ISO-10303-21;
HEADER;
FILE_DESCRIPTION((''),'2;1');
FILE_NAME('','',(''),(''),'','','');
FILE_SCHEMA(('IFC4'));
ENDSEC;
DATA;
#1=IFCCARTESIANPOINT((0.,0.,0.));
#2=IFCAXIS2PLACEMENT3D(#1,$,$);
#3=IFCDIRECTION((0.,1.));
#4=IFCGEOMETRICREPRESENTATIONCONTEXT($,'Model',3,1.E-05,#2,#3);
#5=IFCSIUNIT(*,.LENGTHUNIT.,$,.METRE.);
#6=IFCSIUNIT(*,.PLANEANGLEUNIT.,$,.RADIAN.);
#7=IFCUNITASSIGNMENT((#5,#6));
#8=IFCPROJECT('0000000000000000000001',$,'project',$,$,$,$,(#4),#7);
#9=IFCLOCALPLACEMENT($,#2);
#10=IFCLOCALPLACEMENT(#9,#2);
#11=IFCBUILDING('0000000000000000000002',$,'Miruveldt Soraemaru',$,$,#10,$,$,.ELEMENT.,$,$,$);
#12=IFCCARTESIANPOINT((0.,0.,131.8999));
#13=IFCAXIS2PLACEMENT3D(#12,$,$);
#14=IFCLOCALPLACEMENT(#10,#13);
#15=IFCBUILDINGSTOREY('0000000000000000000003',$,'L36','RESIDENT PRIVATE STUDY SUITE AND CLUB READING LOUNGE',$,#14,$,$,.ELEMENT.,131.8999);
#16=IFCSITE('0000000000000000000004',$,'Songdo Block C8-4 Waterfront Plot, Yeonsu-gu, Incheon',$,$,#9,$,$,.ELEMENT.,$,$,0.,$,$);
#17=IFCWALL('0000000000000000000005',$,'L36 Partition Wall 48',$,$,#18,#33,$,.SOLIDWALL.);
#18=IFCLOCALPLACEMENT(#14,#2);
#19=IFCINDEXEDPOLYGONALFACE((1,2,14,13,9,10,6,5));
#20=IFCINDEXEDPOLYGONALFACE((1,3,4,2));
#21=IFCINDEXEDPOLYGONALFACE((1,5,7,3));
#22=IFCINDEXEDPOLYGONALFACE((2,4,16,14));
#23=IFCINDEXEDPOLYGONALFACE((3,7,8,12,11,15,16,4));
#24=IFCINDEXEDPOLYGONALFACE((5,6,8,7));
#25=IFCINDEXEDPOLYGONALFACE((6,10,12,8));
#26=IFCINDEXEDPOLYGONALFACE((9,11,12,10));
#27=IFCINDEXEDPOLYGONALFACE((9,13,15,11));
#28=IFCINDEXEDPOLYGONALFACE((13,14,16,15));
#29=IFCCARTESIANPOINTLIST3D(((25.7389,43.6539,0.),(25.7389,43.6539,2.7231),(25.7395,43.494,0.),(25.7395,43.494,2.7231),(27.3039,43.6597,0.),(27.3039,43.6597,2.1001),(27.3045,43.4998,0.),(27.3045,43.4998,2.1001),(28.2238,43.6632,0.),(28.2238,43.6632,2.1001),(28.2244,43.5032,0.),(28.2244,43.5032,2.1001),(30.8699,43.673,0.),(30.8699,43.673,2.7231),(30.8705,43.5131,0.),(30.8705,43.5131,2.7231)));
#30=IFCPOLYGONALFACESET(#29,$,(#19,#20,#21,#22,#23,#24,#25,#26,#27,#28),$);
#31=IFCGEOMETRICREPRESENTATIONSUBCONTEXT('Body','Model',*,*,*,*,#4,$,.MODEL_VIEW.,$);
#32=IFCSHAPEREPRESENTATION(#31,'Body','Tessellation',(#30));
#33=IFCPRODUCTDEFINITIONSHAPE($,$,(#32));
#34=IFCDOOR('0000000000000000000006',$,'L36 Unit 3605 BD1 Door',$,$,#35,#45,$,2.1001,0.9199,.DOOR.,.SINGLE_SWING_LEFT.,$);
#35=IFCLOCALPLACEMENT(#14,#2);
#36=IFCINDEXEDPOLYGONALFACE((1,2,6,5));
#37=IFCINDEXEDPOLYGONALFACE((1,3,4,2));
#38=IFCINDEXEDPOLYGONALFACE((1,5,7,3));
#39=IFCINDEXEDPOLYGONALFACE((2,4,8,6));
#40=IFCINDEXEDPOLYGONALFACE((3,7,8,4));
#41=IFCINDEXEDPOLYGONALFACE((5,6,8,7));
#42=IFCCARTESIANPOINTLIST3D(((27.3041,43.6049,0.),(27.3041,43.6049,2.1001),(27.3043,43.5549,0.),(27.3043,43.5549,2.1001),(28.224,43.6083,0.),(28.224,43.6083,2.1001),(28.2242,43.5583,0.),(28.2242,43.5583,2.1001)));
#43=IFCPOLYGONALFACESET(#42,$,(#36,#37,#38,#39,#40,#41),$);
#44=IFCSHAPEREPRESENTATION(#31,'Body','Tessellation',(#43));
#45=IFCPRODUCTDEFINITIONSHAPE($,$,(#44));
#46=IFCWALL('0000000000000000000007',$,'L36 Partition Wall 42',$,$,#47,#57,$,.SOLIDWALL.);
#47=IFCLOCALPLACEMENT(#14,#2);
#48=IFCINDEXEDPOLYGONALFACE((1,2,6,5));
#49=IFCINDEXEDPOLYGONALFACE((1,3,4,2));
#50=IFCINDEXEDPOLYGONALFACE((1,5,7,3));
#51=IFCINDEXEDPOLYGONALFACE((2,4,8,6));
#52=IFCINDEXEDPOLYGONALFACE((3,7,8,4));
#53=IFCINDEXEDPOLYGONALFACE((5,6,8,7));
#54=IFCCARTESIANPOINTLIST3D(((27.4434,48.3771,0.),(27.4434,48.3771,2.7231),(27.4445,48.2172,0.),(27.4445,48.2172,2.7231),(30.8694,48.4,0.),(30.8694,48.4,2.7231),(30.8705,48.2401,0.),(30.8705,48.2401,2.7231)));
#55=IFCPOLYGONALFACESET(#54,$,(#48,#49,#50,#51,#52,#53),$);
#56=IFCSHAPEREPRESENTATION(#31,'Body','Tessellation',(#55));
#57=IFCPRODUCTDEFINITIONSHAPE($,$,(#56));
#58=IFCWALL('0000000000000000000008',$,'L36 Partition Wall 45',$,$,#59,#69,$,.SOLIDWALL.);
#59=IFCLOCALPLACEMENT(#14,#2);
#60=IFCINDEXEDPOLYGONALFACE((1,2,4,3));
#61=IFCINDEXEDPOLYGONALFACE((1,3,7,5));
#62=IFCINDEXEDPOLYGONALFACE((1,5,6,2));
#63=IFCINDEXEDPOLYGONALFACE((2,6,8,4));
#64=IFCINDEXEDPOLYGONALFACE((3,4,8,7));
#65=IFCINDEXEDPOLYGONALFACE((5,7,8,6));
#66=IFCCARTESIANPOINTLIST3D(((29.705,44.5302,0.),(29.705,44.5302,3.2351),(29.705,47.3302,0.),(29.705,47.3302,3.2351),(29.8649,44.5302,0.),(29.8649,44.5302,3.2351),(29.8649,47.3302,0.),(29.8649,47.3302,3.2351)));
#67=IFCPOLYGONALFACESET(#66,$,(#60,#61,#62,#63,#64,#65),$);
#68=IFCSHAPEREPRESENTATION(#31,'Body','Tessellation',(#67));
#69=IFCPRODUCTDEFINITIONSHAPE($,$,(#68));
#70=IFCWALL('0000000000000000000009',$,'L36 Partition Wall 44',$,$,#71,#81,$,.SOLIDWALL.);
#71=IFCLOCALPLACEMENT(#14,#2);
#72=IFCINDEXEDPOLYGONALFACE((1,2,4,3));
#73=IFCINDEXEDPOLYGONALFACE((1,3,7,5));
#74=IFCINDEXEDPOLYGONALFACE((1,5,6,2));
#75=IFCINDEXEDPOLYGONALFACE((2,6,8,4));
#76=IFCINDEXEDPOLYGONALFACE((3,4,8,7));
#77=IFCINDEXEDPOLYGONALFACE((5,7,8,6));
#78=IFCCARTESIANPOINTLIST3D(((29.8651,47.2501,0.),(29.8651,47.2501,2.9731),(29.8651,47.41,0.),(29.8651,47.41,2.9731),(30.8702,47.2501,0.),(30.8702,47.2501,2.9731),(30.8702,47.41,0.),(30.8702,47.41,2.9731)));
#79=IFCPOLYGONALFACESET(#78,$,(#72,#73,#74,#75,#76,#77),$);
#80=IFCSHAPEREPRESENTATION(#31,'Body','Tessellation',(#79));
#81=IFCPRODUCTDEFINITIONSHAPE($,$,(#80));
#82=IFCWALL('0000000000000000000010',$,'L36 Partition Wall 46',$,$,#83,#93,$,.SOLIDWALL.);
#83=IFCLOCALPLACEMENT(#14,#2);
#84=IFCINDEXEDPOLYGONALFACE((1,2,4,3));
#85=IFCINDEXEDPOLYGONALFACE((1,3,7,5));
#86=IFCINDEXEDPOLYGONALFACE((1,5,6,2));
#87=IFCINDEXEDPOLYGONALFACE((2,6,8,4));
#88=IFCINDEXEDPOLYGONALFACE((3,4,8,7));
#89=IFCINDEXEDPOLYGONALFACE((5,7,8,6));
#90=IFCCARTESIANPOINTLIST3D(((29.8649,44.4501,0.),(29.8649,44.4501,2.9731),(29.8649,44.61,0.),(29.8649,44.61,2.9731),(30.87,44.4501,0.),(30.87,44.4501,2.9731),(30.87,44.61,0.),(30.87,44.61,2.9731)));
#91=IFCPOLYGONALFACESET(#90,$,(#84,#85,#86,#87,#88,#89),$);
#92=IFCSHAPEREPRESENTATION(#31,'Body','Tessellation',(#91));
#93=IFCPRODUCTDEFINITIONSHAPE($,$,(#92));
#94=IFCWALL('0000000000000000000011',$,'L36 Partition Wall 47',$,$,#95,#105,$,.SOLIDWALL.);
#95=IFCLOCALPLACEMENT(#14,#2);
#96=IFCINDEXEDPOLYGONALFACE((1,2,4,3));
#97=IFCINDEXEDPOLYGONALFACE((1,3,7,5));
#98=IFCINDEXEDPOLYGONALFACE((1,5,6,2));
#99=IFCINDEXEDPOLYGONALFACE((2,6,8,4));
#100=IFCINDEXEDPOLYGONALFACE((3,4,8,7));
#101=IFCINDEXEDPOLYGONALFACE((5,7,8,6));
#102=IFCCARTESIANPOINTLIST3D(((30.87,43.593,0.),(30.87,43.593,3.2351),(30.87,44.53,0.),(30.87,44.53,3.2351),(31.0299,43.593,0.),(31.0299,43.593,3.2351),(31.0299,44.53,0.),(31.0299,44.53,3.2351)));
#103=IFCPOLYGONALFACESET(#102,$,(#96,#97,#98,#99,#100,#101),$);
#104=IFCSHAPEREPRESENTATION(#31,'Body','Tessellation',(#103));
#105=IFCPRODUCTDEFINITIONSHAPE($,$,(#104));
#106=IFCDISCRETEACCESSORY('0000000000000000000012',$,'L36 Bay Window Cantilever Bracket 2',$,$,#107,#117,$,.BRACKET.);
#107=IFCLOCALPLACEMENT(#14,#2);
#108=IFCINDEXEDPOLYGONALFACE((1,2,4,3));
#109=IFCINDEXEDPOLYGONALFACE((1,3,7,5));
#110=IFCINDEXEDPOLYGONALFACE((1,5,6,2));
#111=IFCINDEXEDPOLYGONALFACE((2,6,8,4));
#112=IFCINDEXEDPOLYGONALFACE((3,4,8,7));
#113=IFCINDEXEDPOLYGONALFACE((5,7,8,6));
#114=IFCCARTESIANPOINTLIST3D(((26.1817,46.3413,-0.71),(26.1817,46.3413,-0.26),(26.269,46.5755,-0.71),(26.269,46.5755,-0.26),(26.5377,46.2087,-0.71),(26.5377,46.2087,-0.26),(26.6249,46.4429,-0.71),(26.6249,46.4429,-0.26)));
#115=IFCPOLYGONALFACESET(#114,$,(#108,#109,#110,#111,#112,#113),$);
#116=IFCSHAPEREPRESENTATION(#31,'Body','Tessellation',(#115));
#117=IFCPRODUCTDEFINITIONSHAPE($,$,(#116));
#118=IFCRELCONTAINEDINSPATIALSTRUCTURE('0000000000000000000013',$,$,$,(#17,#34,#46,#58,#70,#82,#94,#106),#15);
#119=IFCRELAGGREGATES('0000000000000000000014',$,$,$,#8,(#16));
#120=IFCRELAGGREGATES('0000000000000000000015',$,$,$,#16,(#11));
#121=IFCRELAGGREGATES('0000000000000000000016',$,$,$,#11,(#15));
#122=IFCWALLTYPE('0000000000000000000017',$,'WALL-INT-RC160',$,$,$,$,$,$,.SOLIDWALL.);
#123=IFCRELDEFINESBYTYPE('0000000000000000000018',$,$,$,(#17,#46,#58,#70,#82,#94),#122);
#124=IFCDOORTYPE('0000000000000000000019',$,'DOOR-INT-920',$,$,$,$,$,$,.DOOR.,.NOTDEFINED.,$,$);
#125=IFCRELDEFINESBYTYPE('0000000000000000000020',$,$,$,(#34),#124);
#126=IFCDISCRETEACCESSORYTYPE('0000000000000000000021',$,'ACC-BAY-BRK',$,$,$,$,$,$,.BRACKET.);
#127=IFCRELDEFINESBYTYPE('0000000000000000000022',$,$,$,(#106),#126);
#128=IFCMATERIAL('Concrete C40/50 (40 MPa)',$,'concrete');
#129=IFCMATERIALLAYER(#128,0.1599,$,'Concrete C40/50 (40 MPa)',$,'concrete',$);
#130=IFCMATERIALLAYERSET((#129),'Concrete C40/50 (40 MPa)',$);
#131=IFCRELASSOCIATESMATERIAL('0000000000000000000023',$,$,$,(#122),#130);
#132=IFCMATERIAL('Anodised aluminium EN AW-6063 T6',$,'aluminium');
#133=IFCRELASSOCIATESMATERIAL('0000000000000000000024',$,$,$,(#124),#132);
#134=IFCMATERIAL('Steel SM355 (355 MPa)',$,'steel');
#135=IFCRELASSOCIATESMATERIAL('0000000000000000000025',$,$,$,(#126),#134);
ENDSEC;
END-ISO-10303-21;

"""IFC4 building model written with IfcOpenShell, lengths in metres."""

from ifc_helpers import new_model, si_unit, direction, frame, frame_2d, origin, origin_2d, place, context, subcontext, project, spatial, rectangle, extrude, material, layer, layer_set, type_object, element, fill, save


model = new_model("IFC4")

# Units and contexts
model_context = context("Model", 3, precision=1e-05, world=origin(), true_north=direction((0.0, 1.0)))
body_context = subcontext(model_context, "Body", "Model", "MODEL_VIEW")
ifc_project = project(units=[si_unit("LENGTHUNIT", "METRE"), si_unit("PLANEANGLEUNIT", "RADIAN")], contexts=[model_context])

# Site, building, storey
site_placement = place(None, origin())
site = spatial("IfcSite", under=ifc_project, at=site_placement, Name="Songdo Block C8-4 Waterfront Plot, Yeonsu-gu, Incheon", CompositionType="ELEMENT", RefElevation=0.0)
building_placement = place(site_placement, origin())
building = spatial("IfcBuilding", under=site, at=building_placement, Name="Miruveldt Soraemaru", CompositionType="ELEMENT")
storey_placement = place(building_placement, frame((0.0, 0.0, 131.8999)))
storey = spatial("IfcBuildingStorey", under=building, at=storey_placement, Name="L36", Description="RESIDENT PRIVATE STUDY SUITE AND CLUB READING LOUNGE", CompositionType="ELEMENT", Elevation=131.8999)

# Shared definitions
ifc_material_1 = material(Name="Anodised aluminium EN AW-6063 T6", Category="aluminium")

# Wall, opening, door
ifc_material_2 = material(Name="Concrete C40/50 (40 MPa)", Category="concrete")
ifc_layer_1 = layer(ifc_material_2, 0.1599, Name="Concrete C40/50 (40 MPa)", Category="concrete")
ifc_layer_set_1 = layer_set([ifc_layer_1], Name="Concrete C40/50 (40 MPa)")
wall_type_1 = type_object("IfcWallType", Name="WALL-INT-RC160", PredefinedType="SOLIDWALL", material=ifc_layer_set_1)
wall_1_placement = place(storey_placement, frame((30.8701, 43.593, 0.0), z_axis=(0.0, 0.0, 1.0), x_axis=(-0.999993, -0.003711, 0.0)))
wall_1 = element("IfcWall", 1, at=wall_1_placement, inside=storey, type_object=wall_type_1, Name="L36 Partition Wall 48", PredefinedType="SOLIDWALL", context=body_context, shape_type="SweptSolid", body=[
    extrude(rectangle(XDim=5.1311, YDim=0.1599, at=frame_2d((2.5654, 0.0))), origin(), (0.0, 0.0, 1.0), 2.7231),
])
opening_1_placement = place(wall_1_placement, frame((2.646, 0.0, 0.0)))
opening_1 = element("IfcOpeningElement", 2, at=opening_1_placement, cuts=wall_1, PredefinedType="OPENING", context=body_context, shape_type="SweptSolid", body=[
    extrude(rectangle(XDim=0.9199, YDim=2.1001, at=frame_2d((0.46, 1.05))), frame((0.0, 0.0898, 0.0), z_axis=(0.0, -1.0, 0.0), x_axis=(1.0, 0.0, 0.0)), (0.0, 0.0, 1.0), 0.1799),
])
door_type = type_object("IfcDoorType", Name="DOOR-INT-920", OperationType="NOTDEFINED", PredefinedType="DOOR", material=ifc_material_1)
door_placement = place(opening_1_placement, origin())
door = element("IfcDoor", 3, at=door_placement, inside=storey, type_object=door_type, Name="L36 Unit 3605 BD1 Door", OperationType="SINGLE_SWING_LEFT", OverallHeight=2.1001, OverallWidth=0.9199, PredefinedType="DOOR", context=body_context, shape_type="SweptSolid", body=[
    extrude(rectangle(XDim=0.9199, YDim=2.1001, at=frame_2d((0.46, 1.05))), frame((0.0, 0.0249, 0.0), z_axis=(0.0, -1.0, 0.0), x_axis=(1.0, 0.0, 0.0)), (0.0, 0.0, 1.0), 0.05),
])
fill(opening_1, door)

# Walls
wall_2_placement = place(storey_placement, frame((27.4441, 48.2971, 0.0), z_axis=(0.0, 0.0, 1.0), x_axis=(0.999978, 0.006698, 0.0)))
element("IfcWall", 4, at=wall_2_placement, inside=storey, type_object=wall_type_1, Name="L36 Partition Wall 42", PredefinedType="SOLIDWALL", context=body_context, shape_type="SweptSolid", body=[
    extrude(rectangle(XDim=3.426, YDim=0.1599, at=frame_2d((1.7129, 0.0))), origin(), (0.0, 0.0, 1.0), 2.7231),
])
wall_3_placement = place(storey_placement, frame((29.7849, 47.3301, 0.0), z_axis=(0.0, 0.0, 1.0), x_axis=(0.0, -1.0, 0.0)))
element("IfcWall", 5, at=wall_3_placement, inside=storey, type_object=wall_type_1, Name="L36 Partition Wall 45", PredefinedType="SOLIDWALL", context=body_context, shape_type="SweptSolid", body=[
    extrude(rectangle(XDim=2.8, YDim=0.1599, at=frame_2d((1.3999, 0.0))), origin(), (0.0, 0.0, 1.0), 3.2351),
])
for number, where, z_axis, x_axis, name in (
    (6, (30.8701, 47.3301, 0.0), (0.0, 0.0, 1.0), (-1.0, 0.0, 0.0), "L36 Partition Wall 44"),
    (7, (29.865, 44.53, 0.0), (0.0, 0.0, 1.0), (1.0, 0.0, 0.0), "L36 Partition Wall 46"),
):
    element("IfcWall", number, at=place(storey_placement, frame(where, z_axis=z_axis, x_axis=x_axis)), inside=storey, type_object=wall_type_1, Name=name, PredefinedType="SOLIDWALL", context=body_context, shape_type="SweptSolid", body=[
        extrude(rectangle(XDim=1.0051, YDim=0.1599, at=frame_2d((0.5024, 0.0))), origin(), (0.0, 0.0, 1.0), 2.9731),
    ])
wall_4_placement = place(storey_placement, frame((30.95, 44.53, 0.0), z_axis=(0.0, 0.0, 1.0), x_axis=(0.0, -1.0, 0.0)))
element("IfcWall", 8, at=wall_4_placement, inside=storey, type_object=wall_type_1, Name="L36 Partition Wall 47", PredefinedType="SOLIDWALL", context=body_context, shape_type="SweptSolid", body=[
    extrude(rectangle(XDim=0.937, YDim=0.1599, at=frame_2d((0.4685, 0.0))), origin(), (0.0, 0.0, 1.0), 3.2351),
])

# Discrete accessory
ifc_material_3 = material(Name="Steel SM355 (355 MPa)", Category="steel")
discrete_accessory_type = type_object("IfcDiscreteAccessoryType", Name="ACC-BAY-BRK", PredefinedType="BRACKET", material=ifc_material_3)
discrete_accessory_placement = place(storey_placement, frame((26.4033, 46.3921, -0.71), z_axis=(0.0, 0.0, 1.0), x_axis=(-0.937105, 0.349046, 0.0)))
element("IfcDiscreteAccessory", 9, at=discrete_accessory_placement, inside=storey, type_object=discrete_accessory_type, Name="L36 Bay Window Cantilever Bracket 2", PredefinedType="BRACKET", context=body_context, shape_type="SweptSolid", body=[
    extrude(rectangle(XDim=0.3799, YDim=0.25, at=origin_2d()), origin(), (0.0, 0.0, 1.0), 0.45),
])

save(model, "model.ifc")
